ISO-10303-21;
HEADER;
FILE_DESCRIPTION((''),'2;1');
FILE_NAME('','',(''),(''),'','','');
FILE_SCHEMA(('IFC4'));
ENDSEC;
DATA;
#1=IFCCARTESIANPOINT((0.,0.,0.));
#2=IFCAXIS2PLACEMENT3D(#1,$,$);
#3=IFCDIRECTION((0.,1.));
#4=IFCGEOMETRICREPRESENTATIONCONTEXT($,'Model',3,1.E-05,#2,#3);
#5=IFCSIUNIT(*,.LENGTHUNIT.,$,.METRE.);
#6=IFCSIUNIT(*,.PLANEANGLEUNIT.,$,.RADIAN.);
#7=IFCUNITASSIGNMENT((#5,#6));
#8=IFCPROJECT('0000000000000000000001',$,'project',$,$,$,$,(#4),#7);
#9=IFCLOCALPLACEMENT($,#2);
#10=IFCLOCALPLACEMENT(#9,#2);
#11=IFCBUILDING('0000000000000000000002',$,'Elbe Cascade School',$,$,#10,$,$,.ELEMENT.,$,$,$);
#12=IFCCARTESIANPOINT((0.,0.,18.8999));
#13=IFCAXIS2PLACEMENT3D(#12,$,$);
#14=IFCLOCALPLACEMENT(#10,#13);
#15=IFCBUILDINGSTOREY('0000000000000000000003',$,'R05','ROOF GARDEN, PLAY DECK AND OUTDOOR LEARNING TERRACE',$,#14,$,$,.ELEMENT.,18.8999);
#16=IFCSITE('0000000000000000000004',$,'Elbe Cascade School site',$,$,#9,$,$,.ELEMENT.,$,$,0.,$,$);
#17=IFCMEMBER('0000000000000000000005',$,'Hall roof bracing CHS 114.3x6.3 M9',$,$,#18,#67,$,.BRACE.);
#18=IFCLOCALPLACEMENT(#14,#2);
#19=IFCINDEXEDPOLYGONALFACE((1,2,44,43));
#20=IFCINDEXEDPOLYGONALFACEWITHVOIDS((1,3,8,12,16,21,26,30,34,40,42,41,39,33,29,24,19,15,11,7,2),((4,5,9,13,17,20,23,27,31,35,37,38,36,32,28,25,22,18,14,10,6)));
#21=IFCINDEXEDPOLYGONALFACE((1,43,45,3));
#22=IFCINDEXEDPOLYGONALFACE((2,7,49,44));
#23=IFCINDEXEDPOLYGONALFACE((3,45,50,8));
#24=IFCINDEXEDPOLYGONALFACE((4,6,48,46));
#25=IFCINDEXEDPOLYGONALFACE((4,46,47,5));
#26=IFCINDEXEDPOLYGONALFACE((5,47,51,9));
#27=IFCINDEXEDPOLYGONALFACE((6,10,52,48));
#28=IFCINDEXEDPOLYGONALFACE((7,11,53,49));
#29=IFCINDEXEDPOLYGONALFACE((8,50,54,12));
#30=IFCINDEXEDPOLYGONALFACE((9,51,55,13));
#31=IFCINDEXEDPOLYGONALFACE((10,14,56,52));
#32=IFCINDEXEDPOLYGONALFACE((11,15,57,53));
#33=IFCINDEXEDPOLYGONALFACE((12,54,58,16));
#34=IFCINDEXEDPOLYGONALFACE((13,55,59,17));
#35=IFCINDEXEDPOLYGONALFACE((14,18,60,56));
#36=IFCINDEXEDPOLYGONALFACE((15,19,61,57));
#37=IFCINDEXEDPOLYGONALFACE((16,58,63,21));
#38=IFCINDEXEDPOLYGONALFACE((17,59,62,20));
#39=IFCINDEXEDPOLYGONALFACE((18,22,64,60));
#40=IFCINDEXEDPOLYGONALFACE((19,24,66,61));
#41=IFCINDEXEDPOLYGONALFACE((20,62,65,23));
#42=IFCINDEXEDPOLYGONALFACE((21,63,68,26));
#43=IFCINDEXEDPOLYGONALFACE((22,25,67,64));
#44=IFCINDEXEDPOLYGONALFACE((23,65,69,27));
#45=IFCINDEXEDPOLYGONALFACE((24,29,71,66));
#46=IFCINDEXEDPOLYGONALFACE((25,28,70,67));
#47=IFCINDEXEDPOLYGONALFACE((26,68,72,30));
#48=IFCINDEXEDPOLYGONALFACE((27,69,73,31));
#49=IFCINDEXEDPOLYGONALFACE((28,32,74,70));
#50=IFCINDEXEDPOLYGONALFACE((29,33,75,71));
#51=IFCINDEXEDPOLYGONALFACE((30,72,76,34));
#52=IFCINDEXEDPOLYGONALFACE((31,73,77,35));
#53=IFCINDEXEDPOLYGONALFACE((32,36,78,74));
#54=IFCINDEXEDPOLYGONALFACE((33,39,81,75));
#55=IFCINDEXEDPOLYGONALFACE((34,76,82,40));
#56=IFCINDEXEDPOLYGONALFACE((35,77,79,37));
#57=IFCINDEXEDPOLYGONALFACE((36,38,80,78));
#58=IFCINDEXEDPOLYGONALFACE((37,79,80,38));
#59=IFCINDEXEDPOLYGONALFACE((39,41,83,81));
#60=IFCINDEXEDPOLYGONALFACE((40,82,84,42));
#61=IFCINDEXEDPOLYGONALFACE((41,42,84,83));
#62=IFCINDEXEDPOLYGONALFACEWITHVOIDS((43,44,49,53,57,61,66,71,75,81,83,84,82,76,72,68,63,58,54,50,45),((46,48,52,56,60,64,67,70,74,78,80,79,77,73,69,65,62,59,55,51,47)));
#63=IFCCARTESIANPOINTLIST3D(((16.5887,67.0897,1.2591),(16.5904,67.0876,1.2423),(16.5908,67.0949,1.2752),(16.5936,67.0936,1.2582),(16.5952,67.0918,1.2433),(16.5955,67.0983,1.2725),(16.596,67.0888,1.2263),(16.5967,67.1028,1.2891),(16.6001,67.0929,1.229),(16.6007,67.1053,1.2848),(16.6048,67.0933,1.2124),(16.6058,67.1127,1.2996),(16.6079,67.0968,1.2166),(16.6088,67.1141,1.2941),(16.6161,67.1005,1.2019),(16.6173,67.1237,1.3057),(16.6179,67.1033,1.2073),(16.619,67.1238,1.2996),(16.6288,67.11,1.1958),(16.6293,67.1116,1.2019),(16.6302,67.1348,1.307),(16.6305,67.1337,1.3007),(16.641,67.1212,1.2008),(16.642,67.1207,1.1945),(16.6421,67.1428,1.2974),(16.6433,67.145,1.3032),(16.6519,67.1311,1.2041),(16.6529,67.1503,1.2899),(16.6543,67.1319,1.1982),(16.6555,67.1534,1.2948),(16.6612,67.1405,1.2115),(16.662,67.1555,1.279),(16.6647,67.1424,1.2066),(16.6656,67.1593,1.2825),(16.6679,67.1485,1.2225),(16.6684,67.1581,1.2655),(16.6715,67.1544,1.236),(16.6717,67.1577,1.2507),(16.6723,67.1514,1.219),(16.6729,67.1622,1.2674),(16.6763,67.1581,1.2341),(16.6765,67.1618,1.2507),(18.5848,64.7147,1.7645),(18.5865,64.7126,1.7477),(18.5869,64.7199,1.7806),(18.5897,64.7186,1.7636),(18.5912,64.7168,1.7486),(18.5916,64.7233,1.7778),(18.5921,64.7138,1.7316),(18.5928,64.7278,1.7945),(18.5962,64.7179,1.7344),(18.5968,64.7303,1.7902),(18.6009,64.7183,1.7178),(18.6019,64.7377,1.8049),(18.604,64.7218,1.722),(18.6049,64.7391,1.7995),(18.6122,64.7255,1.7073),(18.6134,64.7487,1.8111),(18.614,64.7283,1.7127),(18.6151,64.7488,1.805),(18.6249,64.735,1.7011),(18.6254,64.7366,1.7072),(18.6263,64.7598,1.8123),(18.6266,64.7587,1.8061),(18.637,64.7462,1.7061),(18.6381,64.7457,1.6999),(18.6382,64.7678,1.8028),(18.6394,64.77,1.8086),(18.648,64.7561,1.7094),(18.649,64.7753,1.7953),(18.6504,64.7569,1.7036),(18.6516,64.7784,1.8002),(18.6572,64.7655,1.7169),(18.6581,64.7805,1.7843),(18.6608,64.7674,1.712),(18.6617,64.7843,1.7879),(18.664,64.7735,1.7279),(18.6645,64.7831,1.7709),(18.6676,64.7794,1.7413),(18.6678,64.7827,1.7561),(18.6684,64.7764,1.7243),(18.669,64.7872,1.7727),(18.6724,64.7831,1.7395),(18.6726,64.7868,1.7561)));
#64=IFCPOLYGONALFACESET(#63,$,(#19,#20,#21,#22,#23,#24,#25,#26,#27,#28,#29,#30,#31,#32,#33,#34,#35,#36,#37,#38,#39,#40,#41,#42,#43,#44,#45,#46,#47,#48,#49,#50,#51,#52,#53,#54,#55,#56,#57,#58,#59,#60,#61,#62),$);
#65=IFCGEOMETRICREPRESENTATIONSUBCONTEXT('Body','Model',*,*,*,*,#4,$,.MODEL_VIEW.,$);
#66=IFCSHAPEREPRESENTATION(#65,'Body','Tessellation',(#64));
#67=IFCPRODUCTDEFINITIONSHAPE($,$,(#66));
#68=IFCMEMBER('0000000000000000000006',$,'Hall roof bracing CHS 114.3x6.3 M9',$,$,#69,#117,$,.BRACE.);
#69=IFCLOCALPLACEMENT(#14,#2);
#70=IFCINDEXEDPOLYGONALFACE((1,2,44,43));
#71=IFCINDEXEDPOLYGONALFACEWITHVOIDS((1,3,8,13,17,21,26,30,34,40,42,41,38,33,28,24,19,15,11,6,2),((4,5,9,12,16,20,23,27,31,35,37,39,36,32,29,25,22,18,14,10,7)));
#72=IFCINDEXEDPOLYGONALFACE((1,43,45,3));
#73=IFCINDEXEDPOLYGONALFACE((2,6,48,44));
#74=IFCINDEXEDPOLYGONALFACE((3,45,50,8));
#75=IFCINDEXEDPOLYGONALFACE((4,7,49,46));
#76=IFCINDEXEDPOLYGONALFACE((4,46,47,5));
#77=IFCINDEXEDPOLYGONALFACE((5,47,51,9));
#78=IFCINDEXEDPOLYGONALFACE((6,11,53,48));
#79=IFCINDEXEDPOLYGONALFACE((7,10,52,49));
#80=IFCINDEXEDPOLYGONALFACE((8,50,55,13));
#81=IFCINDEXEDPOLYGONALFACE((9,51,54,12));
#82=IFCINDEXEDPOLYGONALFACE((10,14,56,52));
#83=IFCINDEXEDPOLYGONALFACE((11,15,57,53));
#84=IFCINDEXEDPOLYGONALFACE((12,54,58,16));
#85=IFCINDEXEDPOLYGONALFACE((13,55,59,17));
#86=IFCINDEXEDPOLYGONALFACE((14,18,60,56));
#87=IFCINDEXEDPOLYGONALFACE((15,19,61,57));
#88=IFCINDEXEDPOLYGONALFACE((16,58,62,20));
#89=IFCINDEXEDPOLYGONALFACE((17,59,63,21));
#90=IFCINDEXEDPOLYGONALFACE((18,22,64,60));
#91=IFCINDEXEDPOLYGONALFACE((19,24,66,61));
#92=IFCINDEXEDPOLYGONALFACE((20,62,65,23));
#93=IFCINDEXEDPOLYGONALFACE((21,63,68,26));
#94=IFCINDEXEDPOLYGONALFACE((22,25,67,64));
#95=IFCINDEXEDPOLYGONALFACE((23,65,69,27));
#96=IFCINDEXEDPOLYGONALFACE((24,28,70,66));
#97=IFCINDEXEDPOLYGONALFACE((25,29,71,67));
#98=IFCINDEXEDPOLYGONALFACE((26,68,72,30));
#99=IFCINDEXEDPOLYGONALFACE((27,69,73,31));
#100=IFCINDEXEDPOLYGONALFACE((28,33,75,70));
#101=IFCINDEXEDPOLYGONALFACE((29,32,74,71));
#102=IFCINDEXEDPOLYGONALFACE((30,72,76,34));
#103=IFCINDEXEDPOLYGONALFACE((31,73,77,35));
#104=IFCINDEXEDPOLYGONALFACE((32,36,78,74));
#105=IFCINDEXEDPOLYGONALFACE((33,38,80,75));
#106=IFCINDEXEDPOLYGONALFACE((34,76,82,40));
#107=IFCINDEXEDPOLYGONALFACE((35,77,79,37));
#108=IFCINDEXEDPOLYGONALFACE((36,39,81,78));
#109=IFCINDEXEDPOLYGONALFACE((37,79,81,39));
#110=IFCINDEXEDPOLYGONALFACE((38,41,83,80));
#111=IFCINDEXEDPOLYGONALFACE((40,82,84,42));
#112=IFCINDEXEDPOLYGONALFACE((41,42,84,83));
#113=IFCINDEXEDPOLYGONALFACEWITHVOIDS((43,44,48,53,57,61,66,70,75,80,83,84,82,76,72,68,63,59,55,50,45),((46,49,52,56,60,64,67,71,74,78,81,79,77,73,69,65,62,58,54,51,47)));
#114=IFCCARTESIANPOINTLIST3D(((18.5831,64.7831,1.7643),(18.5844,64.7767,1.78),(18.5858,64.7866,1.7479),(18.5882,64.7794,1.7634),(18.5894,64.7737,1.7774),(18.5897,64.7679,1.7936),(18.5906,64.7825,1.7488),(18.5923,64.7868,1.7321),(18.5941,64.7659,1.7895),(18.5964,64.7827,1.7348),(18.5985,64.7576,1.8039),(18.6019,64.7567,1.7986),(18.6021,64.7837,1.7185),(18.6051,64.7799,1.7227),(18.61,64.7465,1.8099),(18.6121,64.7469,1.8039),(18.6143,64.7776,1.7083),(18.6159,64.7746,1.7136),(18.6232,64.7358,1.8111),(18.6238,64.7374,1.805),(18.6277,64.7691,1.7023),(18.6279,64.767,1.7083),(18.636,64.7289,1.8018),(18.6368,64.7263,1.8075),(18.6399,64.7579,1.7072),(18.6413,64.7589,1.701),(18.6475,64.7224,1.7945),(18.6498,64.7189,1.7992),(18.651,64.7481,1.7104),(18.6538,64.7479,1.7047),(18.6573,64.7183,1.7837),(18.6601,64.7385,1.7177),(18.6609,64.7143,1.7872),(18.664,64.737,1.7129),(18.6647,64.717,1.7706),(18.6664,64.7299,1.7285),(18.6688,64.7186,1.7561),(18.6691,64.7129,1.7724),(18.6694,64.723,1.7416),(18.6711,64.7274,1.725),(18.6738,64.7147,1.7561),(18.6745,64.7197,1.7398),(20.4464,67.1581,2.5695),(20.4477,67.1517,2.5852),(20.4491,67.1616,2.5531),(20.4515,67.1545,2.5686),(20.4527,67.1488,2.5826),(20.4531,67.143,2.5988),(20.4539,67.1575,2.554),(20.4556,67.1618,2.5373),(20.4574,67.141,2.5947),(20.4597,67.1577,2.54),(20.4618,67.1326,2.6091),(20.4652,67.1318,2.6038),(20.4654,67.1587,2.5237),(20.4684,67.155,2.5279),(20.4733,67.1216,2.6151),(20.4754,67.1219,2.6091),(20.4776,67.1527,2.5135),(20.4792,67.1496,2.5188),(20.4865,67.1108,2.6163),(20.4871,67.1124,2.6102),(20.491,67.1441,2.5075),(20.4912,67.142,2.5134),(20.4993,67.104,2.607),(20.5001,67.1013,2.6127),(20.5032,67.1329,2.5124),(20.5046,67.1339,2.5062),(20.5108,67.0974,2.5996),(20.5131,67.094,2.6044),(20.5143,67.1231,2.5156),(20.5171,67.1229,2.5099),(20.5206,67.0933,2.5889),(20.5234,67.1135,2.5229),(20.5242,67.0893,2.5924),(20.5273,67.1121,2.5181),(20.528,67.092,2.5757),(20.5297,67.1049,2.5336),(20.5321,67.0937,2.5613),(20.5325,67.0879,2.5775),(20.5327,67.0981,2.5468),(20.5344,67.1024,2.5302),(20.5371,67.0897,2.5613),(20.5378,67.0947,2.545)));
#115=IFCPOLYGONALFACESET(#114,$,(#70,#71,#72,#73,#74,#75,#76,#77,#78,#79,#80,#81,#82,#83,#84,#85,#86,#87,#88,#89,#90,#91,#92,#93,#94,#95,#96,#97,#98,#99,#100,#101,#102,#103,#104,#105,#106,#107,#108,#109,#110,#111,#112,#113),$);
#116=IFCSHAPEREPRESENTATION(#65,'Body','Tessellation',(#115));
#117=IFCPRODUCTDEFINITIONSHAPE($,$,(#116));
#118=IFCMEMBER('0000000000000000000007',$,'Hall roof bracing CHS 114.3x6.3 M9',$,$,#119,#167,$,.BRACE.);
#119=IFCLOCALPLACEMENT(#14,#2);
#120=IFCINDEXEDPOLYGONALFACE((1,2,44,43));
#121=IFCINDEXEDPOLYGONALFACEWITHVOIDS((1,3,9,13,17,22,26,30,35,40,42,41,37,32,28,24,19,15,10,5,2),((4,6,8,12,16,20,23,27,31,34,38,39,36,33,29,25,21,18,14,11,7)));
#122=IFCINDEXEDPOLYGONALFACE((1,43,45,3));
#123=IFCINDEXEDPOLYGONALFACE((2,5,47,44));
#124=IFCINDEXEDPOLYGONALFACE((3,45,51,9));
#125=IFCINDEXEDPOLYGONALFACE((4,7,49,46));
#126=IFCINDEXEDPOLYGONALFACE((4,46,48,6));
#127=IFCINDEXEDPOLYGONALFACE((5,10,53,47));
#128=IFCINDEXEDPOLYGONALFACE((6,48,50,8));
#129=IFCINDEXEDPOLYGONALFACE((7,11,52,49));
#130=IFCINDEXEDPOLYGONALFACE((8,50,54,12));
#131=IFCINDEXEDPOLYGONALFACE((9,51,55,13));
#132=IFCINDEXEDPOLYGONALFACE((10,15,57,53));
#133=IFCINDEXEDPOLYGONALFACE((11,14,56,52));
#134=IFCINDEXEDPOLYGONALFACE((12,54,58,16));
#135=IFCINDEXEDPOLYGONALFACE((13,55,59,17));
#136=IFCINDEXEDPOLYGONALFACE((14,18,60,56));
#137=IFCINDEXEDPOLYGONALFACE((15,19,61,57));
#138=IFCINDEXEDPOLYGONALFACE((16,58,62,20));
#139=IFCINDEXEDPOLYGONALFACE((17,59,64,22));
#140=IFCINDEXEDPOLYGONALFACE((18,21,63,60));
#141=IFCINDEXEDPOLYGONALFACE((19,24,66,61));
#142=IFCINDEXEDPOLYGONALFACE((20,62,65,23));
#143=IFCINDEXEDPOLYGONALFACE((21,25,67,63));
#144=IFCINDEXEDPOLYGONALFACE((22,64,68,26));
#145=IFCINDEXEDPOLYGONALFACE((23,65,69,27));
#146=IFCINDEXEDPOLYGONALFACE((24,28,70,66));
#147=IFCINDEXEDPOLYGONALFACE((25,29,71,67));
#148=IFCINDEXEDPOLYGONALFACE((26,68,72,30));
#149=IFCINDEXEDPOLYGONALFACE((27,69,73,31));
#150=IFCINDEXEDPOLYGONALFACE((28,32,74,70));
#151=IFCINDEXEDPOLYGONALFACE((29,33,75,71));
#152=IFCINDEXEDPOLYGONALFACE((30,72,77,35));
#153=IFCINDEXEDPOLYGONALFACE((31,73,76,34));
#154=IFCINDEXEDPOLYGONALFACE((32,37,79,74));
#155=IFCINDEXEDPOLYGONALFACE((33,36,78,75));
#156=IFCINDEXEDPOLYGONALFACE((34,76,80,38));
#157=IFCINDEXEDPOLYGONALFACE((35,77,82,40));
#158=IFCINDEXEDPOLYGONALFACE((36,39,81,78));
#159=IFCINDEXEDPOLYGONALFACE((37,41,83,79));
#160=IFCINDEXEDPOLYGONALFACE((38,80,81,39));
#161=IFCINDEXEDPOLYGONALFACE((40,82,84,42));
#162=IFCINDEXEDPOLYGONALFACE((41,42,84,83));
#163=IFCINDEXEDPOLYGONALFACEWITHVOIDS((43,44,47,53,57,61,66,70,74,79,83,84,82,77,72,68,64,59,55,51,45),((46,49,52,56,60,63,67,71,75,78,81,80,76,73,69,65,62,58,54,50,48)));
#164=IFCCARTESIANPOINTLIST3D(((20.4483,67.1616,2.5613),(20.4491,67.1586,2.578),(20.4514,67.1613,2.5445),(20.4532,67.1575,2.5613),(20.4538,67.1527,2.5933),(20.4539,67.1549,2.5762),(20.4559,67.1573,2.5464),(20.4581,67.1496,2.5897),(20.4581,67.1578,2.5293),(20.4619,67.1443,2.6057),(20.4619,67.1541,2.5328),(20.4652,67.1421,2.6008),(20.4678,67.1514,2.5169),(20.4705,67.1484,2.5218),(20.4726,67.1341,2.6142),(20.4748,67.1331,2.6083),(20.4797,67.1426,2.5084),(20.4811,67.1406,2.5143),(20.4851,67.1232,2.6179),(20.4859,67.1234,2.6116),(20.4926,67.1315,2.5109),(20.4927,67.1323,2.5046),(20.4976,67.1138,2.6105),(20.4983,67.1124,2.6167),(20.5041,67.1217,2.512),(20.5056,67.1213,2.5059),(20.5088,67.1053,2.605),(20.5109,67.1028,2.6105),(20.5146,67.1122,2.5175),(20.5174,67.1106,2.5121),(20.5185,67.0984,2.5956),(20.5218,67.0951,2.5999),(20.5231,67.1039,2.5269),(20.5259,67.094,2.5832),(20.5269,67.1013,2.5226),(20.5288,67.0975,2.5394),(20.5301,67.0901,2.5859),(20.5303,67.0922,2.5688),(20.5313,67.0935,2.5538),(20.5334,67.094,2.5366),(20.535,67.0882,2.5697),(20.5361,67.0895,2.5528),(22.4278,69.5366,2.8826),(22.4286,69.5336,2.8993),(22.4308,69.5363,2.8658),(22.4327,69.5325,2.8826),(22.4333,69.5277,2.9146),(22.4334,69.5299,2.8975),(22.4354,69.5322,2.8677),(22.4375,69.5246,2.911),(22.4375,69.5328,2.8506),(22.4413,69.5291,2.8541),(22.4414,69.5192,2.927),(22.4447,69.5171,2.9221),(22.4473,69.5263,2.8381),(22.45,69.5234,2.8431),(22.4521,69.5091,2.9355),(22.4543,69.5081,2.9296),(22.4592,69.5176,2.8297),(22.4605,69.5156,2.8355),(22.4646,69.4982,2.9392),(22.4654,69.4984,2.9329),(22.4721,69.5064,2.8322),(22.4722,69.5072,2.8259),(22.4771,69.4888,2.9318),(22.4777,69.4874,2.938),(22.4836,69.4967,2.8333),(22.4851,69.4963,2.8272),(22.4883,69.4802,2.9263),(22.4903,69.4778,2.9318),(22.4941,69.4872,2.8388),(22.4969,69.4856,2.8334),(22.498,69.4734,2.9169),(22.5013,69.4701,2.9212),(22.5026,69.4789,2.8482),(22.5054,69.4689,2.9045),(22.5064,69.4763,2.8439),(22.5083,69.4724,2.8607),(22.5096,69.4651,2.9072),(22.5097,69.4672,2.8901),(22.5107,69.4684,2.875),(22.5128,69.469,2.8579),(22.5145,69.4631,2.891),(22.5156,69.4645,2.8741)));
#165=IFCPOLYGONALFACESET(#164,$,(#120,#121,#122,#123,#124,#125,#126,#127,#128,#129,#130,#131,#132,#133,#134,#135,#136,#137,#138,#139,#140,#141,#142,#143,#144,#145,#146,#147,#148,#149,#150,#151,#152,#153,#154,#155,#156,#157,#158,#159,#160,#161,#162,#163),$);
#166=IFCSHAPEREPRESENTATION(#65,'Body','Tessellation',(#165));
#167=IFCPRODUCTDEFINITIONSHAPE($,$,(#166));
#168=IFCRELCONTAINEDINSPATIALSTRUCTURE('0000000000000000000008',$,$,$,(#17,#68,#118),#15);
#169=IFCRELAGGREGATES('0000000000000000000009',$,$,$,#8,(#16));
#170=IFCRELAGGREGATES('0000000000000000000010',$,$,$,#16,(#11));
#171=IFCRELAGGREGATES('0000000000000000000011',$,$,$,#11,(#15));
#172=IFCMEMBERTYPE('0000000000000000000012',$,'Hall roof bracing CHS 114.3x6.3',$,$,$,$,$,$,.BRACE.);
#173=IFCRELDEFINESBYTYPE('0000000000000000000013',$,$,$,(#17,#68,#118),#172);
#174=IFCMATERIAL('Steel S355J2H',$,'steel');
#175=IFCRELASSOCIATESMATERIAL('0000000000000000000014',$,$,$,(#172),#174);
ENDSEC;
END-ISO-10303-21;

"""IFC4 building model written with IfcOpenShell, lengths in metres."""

from ifc_helpers import new_model, si_unit, direction, frame, origin, origin_2d, place, context, subcontext, project, spatial, hollow_circle, extrude, material, material_profile, profile_set, type_object, element, save


model = new_model("IFC4")

# Units and contexts
model_context = context("Model", 3, precision=1e-05, world=origin(), true_north=direction((0.0, 1.0)))
body_context = subcontext(model_context, "Body", "Model", "MODEL_VIEW")
ifc_project = project(units=[si_unit("LENGTHUNIT", "METRE"), si_unit("PLANEANGLEUNIT", "RADIAN")], contexts=[model_context])

# Site, building, storey
site_placement = place(None, origin())
site = spatial("IfcSite", under=ifc_project, at=site_placement, Name="Elbe Cascade School site", CompositionType="ELEMENT", RefElevation=0.0)
building_placement = place(site_placement, origin())
building = spatial("IfcBuilding", under=site, at=building_placement, Name="Elbe Cascade School", CompositionType="ELEMENT")
storey_placement = place(building_placement, frame((0.0, 0.0, 18.8999)))
storey = spatial("IfcBuildingStorey", under=building, at=storey_placement, Name="R05", Description="ROOF GARDEN, PLAY DECK AND OUTDOOR LEARNING TERRACE", CompositionType="ELEMENT", Elevation=18.8999)

# Members
ifc_material_1 = material(Name="Steel S355J2H", Category="steel")
ifc_material_profile_1 = material_profile(ifc_material_1, hollow_circle(Radius=0.0571, WallThickness=0.0063, at=origin_2d()), Name="CHS 114.3x6.3")
ifc_profile_set_1 = profile_set([ifc_material_profile_1], Name="Steel S355J2H")
member_type_1 = type_object("IfcMemberType", Name="Hall roof bracing CHS 114.3x6.3", PredefinedType="BRACE", material=ifc_profile_set_1)
member_1_placement = place(storey_placement, frame((16.6328, 67.125, 1.2507), z_axis=(0.635029, -0.755572, 0.160777), x_axis=(0.765531, 0.643399, 0.0)))
element("IfcMember", 1, at=member_1_placement, inside=storey, type_object=member_type_1, Name="Hall roof bracing CHS 114.3x6.3 M9", PredefinedType="BRACE", context=body_context, shape_type="SweptSolid", body=[
    extrude(hollow_circle(Radius=0.0571, WallThickness=0.0063, at=origin_2d()), origin(), (0.0, 0.0, 1.0), 3.1433),
])
member_2_placement = place(storey_placement, frame((20.4922, 67.125, 2.5613), z_axis=(-0.596399, -0.76019, -0.257721), x_axis=(0.786767, -0.61725, 0.0)))
element("IfcMember", 2, at=member_2_placement, inside=storey, type_object=member_type_1, Name="Hall roof bracing CHS 114.3x6.3 M9", PredefinedType="BRACE", context=body_context, shape_type="SweptSolid", body=[
    extrude(hollow_circle(Radius=0.0571, WallThickness=0.0063, at=origin_2d()), origin(), (0.0, 0.0, 1.0), 3.1243),
])
member_3_placement = place(storey_placement, frame((20.4922, 67.125, 2.5613), z_axis=(0.636817, 0.764055, 0.103361), x_axis=(-0.768169, 0.640247, 0.0)))
element("IfcMember", 3, at=member_3_placement, inside=storey, type_object=member_type_1, Name="Hall roof bracing CHS 114.3x6.3 M9", PredefinedType="BRACE", context=body_context, shape_type="SweptSolid", body=[
    extrude(hollow_circle(Radius=0.0571, WallThickness=0.0063, at=origin_2d()), origin(), (0.0, 0.0, 1.0), 3.1084),
])

save(model, "model.ifc")
